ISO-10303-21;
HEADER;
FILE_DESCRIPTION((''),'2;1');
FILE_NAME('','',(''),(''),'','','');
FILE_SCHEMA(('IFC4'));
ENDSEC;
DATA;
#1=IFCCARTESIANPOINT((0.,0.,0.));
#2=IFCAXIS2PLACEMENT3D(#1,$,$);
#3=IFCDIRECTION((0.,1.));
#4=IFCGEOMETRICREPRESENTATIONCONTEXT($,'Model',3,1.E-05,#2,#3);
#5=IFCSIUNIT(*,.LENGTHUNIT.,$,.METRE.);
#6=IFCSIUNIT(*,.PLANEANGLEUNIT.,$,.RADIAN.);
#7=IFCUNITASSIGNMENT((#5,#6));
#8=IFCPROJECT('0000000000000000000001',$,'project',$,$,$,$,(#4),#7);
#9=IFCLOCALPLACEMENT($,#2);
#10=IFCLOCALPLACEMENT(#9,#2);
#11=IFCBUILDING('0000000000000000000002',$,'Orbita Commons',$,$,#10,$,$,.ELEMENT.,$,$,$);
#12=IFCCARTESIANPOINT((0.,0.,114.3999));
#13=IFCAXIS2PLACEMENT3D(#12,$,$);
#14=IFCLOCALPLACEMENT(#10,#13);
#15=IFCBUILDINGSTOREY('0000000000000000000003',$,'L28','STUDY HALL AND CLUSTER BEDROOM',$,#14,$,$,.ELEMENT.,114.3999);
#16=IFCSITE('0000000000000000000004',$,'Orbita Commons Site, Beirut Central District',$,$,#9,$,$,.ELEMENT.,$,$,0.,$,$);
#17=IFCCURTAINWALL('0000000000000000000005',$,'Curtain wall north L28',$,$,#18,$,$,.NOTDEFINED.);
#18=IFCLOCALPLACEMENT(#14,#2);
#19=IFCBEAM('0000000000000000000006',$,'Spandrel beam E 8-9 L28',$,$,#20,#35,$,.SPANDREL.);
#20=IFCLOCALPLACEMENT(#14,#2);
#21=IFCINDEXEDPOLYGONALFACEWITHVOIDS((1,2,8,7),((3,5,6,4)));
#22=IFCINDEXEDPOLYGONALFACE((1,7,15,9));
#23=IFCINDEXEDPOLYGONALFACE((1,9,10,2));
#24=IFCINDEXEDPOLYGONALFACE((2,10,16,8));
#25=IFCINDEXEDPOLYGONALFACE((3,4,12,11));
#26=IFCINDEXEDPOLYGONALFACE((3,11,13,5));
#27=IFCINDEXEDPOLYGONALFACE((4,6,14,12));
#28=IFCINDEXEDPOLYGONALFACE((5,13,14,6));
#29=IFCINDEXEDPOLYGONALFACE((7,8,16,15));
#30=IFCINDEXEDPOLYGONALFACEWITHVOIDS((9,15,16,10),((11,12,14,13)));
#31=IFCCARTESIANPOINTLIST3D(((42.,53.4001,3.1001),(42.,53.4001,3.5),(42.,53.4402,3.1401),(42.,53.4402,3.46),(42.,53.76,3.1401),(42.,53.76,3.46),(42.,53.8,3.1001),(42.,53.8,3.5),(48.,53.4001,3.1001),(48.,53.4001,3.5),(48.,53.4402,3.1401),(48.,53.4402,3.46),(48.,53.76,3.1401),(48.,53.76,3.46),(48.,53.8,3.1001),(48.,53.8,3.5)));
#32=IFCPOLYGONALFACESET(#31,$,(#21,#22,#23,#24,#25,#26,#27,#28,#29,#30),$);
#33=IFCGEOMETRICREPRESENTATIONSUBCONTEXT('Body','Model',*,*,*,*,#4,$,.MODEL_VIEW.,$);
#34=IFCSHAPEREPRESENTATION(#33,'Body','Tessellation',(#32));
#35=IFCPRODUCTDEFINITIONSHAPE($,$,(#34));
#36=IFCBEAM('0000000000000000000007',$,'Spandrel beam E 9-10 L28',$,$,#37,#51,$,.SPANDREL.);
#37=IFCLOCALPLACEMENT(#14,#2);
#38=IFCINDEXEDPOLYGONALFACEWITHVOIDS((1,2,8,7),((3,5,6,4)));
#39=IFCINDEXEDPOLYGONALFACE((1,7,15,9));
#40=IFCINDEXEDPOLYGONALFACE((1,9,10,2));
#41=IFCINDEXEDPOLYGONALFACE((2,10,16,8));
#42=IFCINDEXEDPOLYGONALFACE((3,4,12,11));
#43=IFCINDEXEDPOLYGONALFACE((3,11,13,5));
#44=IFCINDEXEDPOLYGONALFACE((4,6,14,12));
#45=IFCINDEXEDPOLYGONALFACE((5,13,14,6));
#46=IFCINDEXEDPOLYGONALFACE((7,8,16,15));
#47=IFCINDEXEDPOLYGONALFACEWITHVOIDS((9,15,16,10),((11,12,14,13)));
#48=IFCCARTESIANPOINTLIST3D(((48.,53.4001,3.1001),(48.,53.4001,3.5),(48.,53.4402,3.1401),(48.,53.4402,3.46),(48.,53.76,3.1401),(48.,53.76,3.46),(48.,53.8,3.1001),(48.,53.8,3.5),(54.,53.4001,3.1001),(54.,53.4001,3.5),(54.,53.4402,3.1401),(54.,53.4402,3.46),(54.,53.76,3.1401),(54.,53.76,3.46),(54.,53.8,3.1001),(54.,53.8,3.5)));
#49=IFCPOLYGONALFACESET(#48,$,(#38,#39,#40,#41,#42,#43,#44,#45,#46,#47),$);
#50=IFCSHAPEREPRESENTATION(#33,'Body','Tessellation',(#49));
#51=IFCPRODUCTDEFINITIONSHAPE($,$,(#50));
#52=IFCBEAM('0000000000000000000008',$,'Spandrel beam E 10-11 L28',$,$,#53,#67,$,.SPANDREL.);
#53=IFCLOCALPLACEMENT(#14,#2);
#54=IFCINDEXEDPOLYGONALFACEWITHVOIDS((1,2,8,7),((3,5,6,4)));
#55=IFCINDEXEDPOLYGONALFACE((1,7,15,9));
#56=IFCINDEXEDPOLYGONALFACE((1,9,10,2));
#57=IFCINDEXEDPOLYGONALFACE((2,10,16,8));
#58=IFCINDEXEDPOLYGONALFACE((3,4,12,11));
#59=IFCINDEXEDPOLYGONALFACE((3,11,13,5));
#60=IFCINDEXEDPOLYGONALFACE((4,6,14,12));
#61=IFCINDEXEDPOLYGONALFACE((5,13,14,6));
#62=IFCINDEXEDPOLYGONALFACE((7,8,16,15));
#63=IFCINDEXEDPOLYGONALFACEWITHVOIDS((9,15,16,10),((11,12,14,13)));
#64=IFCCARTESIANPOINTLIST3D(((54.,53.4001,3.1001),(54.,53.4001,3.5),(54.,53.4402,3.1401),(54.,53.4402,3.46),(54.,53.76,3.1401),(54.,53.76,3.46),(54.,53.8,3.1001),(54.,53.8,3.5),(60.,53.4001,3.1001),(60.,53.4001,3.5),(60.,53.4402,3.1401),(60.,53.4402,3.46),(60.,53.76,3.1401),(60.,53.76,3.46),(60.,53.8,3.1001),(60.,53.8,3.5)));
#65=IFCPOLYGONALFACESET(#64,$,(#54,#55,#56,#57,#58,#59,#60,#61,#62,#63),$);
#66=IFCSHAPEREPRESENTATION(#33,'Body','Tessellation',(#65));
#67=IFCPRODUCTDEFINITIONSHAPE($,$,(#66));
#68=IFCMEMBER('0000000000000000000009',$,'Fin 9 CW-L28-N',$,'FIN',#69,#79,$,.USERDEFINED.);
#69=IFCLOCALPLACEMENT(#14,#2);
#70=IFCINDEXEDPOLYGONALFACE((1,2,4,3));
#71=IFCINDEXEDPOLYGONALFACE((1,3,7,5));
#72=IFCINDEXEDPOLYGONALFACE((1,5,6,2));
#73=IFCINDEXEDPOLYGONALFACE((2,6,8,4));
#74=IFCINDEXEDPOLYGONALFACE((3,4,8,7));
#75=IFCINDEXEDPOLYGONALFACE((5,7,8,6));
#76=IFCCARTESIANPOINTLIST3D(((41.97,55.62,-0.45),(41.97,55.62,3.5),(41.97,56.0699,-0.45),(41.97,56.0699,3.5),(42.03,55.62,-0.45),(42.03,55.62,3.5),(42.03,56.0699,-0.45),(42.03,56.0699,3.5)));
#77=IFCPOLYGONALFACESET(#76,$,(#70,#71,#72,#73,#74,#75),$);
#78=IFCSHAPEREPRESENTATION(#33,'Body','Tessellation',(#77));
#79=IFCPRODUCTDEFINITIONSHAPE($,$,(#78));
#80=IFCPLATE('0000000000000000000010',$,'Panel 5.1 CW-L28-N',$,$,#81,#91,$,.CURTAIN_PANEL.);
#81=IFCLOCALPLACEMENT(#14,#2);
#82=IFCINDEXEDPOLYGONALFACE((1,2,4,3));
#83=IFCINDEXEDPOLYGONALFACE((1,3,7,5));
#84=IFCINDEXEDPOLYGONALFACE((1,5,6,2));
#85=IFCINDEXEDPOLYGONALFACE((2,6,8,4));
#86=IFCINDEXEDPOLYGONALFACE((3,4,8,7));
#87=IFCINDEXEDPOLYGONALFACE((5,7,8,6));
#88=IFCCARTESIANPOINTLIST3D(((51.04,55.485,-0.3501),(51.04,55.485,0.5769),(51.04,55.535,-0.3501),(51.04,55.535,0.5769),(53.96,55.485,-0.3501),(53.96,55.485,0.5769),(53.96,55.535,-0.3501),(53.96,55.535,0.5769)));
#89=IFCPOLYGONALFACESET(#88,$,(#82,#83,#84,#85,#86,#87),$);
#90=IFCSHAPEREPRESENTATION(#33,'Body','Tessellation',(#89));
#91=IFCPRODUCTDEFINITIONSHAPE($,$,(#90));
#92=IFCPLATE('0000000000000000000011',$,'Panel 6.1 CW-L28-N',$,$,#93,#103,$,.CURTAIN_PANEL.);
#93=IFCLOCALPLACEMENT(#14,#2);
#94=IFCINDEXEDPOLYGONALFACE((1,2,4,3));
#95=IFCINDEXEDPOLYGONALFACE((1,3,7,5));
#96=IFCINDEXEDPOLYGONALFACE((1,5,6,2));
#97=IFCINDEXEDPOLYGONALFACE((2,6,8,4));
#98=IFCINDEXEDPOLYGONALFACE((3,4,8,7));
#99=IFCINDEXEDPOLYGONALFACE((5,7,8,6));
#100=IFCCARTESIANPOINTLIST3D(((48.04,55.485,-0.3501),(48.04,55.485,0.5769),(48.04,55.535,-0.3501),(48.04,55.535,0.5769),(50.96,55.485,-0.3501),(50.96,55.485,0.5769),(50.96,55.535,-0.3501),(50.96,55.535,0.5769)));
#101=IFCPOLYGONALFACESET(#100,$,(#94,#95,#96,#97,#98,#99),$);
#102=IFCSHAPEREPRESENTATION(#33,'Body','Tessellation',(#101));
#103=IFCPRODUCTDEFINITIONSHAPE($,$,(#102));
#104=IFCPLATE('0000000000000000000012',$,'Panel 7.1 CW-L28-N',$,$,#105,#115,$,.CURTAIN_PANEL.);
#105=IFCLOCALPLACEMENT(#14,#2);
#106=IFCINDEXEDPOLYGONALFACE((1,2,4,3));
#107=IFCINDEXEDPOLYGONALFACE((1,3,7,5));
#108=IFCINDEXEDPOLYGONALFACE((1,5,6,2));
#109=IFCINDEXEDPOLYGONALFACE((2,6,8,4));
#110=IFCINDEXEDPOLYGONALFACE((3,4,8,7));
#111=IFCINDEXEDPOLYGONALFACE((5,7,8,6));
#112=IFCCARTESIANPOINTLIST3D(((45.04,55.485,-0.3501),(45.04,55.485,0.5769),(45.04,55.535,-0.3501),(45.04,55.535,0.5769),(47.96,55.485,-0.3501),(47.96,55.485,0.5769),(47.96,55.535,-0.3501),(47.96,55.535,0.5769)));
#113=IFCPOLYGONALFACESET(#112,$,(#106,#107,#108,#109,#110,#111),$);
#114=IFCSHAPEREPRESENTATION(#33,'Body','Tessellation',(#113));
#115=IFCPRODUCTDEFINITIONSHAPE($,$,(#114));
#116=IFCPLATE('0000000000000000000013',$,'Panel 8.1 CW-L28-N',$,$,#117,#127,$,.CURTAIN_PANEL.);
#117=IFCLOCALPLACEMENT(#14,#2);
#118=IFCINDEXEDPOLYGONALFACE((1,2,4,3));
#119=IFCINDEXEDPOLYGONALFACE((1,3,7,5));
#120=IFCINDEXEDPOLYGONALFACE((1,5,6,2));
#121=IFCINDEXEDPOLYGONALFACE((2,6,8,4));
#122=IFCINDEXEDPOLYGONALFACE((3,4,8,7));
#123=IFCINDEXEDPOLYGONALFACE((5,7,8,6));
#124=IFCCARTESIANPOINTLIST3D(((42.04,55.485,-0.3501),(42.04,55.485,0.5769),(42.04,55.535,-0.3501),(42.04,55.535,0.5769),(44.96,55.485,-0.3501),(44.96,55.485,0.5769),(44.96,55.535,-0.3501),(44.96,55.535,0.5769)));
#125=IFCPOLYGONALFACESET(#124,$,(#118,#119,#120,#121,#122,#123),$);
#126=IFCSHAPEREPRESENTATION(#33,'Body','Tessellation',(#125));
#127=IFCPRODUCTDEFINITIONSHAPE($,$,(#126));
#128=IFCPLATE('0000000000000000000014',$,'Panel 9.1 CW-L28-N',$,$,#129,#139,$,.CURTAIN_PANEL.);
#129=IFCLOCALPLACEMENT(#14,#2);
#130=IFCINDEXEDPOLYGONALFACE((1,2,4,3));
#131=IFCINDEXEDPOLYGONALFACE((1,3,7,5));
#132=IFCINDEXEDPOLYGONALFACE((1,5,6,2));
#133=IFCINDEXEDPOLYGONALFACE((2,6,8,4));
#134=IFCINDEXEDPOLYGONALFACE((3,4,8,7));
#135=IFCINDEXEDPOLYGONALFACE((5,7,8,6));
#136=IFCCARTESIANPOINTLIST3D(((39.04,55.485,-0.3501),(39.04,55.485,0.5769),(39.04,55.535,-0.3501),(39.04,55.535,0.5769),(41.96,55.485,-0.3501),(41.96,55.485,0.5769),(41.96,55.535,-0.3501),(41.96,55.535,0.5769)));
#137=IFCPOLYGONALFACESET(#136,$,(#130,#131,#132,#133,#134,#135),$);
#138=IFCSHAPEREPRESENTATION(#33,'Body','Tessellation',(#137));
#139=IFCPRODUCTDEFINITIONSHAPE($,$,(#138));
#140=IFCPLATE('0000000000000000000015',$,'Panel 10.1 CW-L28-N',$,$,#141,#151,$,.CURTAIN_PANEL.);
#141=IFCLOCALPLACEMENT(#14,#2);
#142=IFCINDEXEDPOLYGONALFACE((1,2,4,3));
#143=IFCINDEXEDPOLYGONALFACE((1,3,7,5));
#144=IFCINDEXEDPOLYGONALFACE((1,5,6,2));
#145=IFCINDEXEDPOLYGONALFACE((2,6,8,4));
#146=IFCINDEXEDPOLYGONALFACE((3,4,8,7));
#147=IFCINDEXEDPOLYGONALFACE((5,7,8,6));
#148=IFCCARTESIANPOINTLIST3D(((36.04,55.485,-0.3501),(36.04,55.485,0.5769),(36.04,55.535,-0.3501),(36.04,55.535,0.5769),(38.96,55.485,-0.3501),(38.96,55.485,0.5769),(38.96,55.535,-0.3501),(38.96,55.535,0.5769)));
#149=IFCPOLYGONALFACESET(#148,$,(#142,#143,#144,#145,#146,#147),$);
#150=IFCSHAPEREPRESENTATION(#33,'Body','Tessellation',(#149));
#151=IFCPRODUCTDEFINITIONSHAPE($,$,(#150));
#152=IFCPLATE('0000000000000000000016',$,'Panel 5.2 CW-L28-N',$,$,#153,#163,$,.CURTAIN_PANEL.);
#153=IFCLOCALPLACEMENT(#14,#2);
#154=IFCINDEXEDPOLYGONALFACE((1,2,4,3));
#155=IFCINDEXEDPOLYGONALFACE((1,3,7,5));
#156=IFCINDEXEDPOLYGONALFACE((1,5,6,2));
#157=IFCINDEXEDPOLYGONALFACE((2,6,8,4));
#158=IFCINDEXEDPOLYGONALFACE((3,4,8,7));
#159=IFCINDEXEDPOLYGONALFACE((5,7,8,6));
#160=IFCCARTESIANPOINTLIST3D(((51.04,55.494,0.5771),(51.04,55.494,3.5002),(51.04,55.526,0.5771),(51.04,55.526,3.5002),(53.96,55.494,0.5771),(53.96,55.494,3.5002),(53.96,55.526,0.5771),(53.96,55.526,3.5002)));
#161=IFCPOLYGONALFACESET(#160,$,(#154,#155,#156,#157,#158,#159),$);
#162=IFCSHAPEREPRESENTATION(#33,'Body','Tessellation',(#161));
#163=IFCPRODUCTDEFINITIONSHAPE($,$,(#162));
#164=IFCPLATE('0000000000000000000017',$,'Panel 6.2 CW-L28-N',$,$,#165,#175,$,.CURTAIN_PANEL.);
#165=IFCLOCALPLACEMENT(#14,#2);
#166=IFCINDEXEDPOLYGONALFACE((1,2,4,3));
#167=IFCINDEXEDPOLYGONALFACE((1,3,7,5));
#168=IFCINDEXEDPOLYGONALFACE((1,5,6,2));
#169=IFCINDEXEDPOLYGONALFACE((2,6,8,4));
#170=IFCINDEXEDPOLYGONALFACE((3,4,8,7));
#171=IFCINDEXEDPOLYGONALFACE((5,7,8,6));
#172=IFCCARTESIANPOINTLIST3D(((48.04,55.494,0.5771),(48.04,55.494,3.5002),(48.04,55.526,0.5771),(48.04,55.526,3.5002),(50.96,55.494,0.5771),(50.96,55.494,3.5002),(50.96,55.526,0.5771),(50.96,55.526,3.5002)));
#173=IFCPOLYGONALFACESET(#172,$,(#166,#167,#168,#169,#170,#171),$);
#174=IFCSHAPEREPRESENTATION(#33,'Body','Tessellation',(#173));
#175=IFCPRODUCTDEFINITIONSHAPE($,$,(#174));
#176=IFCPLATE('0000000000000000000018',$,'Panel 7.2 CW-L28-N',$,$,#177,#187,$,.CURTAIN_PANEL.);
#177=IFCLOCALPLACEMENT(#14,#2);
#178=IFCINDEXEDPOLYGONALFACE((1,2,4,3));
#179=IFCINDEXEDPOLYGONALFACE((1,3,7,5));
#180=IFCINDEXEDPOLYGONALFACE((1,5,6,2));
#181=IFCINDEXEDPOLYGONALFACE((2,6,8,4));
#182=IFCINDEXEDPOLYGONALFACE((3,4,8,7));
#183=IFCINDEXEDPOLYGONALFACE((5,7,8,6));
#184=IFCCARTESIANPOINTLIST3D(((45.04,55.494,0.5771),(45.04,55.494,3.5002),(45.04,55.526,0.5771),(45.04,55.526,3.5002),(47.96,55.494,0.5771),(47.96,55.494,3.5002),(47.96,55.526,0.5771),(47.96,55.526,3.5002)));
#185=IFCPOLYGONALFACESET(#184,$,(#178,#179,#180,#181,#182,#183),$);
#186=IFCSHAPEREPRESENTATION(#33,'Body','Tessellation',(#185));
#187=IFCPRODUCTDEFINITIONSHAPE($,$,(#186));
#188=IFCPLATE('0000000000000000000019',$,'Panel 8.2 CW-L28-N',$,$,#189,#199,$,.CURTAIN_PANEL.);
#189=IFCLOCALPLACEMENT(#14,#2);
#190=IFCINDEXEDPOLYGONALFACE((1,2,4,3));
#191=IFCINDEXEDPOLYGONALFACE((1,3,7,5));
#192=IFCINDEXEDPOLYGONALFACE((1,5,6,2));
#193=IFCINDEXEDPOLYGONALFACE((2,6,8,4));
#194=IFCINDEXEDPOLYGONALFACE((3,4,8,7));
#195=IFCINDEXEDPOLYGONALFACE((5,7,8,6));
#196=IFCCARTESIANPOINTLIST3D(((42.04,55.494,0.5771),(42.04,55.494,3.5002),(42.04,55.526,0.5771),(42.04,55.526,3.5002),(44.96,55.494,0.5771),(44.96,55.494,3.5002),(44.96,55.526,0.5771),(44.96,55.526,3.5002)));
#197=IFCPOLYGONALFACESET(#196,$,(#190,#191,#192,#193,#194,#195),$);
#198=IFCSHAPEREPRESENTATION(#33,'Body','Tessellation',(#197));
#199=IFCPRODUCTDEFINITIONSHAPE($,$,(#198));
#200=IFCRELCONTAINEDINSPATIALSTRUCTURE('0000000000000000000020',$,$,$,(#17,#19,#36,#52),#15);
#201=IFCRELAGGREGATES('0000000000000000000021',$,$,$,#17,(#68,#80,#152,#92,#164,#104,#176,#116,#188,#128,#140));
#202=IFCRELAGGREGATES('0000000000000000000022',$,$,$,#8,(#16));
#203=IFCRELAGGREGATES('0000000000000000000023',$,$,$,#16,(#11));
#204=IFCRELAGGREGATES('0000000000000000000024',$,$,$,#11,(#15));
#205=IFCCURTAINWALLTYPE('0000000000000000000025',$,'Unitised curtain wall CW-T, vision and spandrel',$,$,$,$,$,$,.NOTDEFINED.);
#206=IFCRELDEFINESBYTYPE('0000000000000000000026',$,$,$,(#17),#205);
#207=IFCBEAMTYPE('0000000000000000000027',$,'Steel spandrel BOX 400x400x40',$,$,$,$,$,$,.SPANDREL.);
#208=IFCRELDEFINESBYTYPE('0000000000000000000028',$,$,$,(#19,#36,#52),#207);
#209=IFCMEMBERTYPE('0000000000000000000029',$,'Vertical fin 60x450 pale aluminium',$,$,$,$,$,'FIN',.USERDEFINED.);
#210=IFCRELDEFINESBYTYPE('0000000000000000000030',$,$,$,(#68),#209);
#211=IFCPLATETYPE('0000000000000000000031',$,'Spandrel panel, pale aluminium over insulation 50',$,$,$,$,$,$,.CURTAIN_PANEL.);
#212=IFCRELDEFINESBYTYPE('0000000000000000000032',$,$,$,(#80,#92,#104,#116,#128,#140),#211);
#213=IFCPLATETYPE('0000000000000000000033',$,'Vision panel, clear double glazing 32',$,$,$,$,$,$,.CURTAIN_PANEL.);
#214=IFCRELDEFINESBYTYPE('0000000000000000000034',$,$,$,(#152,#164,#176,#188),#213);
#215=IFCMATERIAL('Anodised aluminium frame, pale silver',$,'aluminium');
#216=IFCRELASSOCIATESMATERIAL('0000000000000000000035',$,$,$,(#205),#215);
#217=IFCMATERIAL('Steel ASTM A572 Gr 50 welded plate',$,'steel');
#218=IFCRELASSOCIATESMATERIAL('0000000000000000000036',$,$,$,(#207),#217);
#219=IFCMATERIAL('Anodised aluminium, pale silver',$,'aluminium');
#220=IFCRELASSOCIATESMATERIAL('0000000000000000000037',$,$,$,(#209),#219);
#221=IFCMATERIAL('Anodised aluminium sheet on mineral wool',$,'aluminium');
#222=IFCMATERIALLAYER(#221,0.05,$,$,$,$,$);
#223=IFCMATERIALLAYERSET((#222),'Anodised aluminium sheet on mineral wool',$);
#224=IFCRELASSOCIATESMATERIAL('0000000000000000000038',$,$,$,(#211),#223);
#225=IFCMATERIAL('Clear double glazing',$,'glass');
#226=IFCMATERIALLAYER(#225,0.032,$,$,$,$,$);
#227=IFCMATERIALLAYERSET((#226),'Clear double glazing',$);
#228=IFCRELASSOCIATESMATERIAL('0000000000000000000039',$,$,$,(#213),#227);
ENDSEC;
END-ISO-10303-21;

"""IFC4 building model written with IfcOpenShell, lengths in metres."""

from ifc_helpers import new_model, si_unit, direction, frame, origin, origin_2d, place, context, subcontext, project, spatial, rectangle, hollow_rectangle, extrude, material, layer, layer_set, material_profile, profile_set, type_object, element, aggregate, save


model = new_model("IFC4")

# Units and contexts
model_context = context("Model", 3, precision=1e-05, world=origin(), true_north=direction((0.0, 1.0)))
body_context = subcontext(model_context, "Body", "Model", "MODEL_VIEW")
ifc_project = project(units=[si_unit("LENGTHUNIT", "METRE"), si_unit("PLANEANGLEUNIT", "RADIAN")], contexts=[model_context])

# Site, building, storey
site_placement = place(None, origin())
site = spatial("IfcSite", under=ifc_project, at=site_placement, Name="Orbita Commons Site, Beirut Central District", CompositionType="ELEMENT", RefElevation=0.0)
building_placement = place(site_placement, origin())
building = spatial("IfcBuilding", under=site, at=building_placement, Name="Orbita Commons", CompositionType="ELEMENT")
storey_placement = place(building_placement, frame((0.0, 0.0, 114.3999)))
storey = spatial("IfcBuildingStorey", under=building, at=storey_placement, Name="L28", Description="STUDY HALL AND CLUSTER BEDROOM", CompositionType="ELEMENT", Elevation=114.3999)

# Curtain wall
ifc_material_1 = material(Name="Anodised aluminium frame, pale silver", Category="aluminium")
curtain_wall_type = type_object("IfcCurtainWallType", Name="Unitised curtain wall CW-T, vision and spandrel", PredefinedType="NOTDEFINED", material=ifc_material_1)
curtain_wall_placement = place(storey_placement, origin())
curtain_wall = element("IfcCurtainWall", 1, at=curtain_wall_placement, inside=storey, type_object=curtain_wall_type, Name="Curtain wall north L28", PredefinedType="NOTDEFINED")

# Beams
ifc_material_2 = material(Name="Steel ASTM A572 Gr 50 welded plate", Category="steel")
ifc_material_profile_1 = material_profile(ifc_material_2, hollow_rectangle(XDim=0.3999, YDim=0.3999, WallThickness=0.04, at=origin_2d()), Name="BOX 400x400x40")
ifc_profile_set_1 = profile_set([ifc_material_profile_1], Name="Steel ASTM A572 Gr 50 welded plate")
beam_type = type_object("IfcBeamType", Name="Steel spandrel BOX 400x400x40", PredefinedType="SPANDREL", material=ifc_profile_set_1)
for number, where, z_axis, x_axis, name in (
    (2, (42.0, 53.6001, 3.3), (1.0, 0.0, 0.0), (0.0, 1.0, 0.0), "Spandrel beam E 8-9 L28"),
    (3, (48.0, 53.6001, 3.3), (1.0, 0.0, 0.0), (0.0, 1.0, 0.0), "Spandrel beam E 9-10 L28"),
    (4, (54.0, 53.6001, 3.3), (1.0, 0.0, 0.0), (0.0, 1.0, 0.0), "Spandrel beam E 10-11 L28"),
):
    element("IfcBeam", number, at=place(storey_placement, frame(where, z_axis=z_axis, x_axis=x_axis)), inside=storey, type_object=beam_type, Name=name, PredefinedType="SPANDREL", context=body_context, shape_type="SweptSolid", body=[
        extrude(hollow_rectangle(XDim=0.3999, YDim=0.3999, WallThickness=0.04, at=origin_2d()), origin(), (0.0, 0.0, 1.0), 6.0),
    ])

# Member
ifc_material_3 = material(Name="Anodised aluminium, pale silver", Category="aluminium")
ifc_material_profile_2 = material_profile(ifc_material_3, rectangle(XDim=0.0601, YDim=0.45, at=origin_2d()), Name="FIN 60x450")
ifc_profile_set_2 = profile_set([ifc_material_profile_2], Name="Anodised aluminium, pale silver")
member_type_1 = type_object("IfcMemberType", Name="Vertical fin 60x450 pale aluminium", ElementType="FIN", PredefinedType="USERDEFINED", material=ifc_profile_set_2)
member_1_placement = place(storey_placement, frame((42.0, 55.845, -0.45), z_axis=(0.0, 0.0, 1.0), x_axis=(-1.0, 0.0, 0.0)))
member_1 = element("IfcMember", 5, at=member_1_placement, type_object=member_type_1, Name="Fin 9 CW-L28-N", ObjectType="FIN", PredefinedType="USERDEFINED", context=body_context, shape_type="SweptSolid", body=[
    extrude(rectangle(XDim=0.0601, YDim=0.45, at=origin_2d()), origin(), (0.0, 0.0, 1.0), 3.95),
])

# Plates
ifc_material_4 = material(Name="Anodised aluminium sheet on mineral wool", Category="aluminium")
ifc_layer_1 = layer(ifc_material_4, 0.05)
ifc_layer_set_1 = layer_set([ifc_layer_1], Name="Anodised aluminium sheet on mineral wool")
plate_type_1 = type_object("IfcPlateType", Name="Spandrel panel, pale aluminium over insulation 50", PredefinedType="CURTAIN_PANEL", material=ifc_layer_set_1)
plate_1_placement = place(storey_placement, frame((52.5, 55.51, -0.3501), z_axis=(0.0, 0.0, 1.0), x_axis=(-1.0, 0.0, 0.0)))
plate_1 = element("IfcPlate", 6, at=plate_1_placement, type_object=plate_type_1, Name="Panel 5.1 CW-L28-N", PredefinedType="CURTAIN_PANEL", context=body_context, shape_type="SweptSolid", body=[
    extrude(rectangle(XDim=2.9199, YDim=0.05, at=origin_2d()), origin(), (0.0, 0.0, 1.0), 0.927),
])
plate_2_placement = place(storey_placement, frame((49.5, 55.51, -0.3501), z_axis=(0.0, 0.0, 1.0), x_axis=(-1.0, 0.0, 0.0)))
plate_2 = element("IfcPlate", 7, at=plate_2_placement, type_object=plate_type_1, Name="Panel 6.1 CW-L28-N", PredefinedType="CURTAIN_PANEL", context=body_context, shape_type="SweptSolid", body=[
    extrude(rectangle(XDim=2.9199, YDim=0.05, at=origin_2d()), origin(), (0.0, 0.0, 1.0), 0.927),
])
plate_3_placement = place(storey_placement, frame((46.5, 55.51, -0.3501), z_axis=(0.0, 0.0, 1.0), x_axis=(-1.0, 0.0, 0.0)))
plate_3 = element("IfcPlate", 8, at=plate_3_placement, type_object=plate_type_1, Name="Panel 7.1 CW-L28-N", PredefinedType="CURTAIN_PANEL", context=body_context, shape_type="SweptSolid", body=[
    extrude(rectangle(XDim=2.9199, YDim=0.05, at=origin_2d()), origin(), (0.0, 0.0, 1.0), 0.927),
])
plate_4_placement = place(storey_placement, frame((43.5, 55.51, -0.3501), z_axis=(0.0, 0.0, 1.0), x_axis=(-1.0, 0.0, 0.0)))
plate_4 = element("IfcPlate", 9, at=plate_4_placement, type_object=plate_type_1, Name="Panel 8.1 CW-L28-N", PredefinedType="CURTAIN_PANEL", context=body_context, shape_type="SweptSolid", body=[
    extrude(rectangle(XDim=2.9199, YDim=0.05, at=origin_2d()), origin(), (0.0, 0.0, 1.0), 0.927),
])
plate_5_placement = place(storey_placement, frame((40.5, 55.51, -0.3501), z_axis=(0.0, 0.0, 1.0), x_axis=(-1.0, 0.0, 0.0)))
plate_5 = element("IfcPlate", 10, at=plate_5_placement, type_object=plate_type_1, Name="Panel 9.1 CW-L28-N", PredefinedType="CURTAIN_PANEL", context=body_context, shape_type="SweptSolid", body=[
    extrude(rectangle(XDim=2.9199, YDim=0.05, at=origin_2d()), origin(), (0.0, 0.0, 1.0), 0.927),
])
plate_6_placement = place(storey_placement, frame((37.5, 55.51, -0.3501), z_axis=(0.0, 0.0, 1.0), x_axis=(-1.0, 0.0, 0.0)))
plate_6 = element("IfcPlate", 11, at=plate_6_placement, type_object=plate_type_1, Name="Panel 10.1 CW-L28-N", PredefinedType="CURTAIN_PANEL", context=body_context, shape_type="SweptSolid", body=[
    extrude(rectangle(XDim=2.9199, YDim=0.05, at=origin_2d()), origin(), (0.0, 0.0, 1.0), 0.927),
])
ifc_material_5 = material(Name="Clear double glazing", Category="glass")
ifc_layer_2 = layer(ifc_material_5, 0.032)
ifc_layer_set_2 = layer_set([ifc_layer_2], Name="Clear double glazing")
plate_type_2 = type_object("IfcPlateType", Name="Vision panel, clear double glazing 32", PredefinedType="CURTAIN_PANEL", material=ifc_layer_set_2)
plate_7_placement = place(storey_placement, frame((52.5, 55.51, 0.5771), z_axis=(0.0, 0.0, 1.0), x_axis=(-1.0, 0.0, 0.0)))
plate_7 = element("IfcPlate", 12, at=plate_7_placement, type_object=plate_type_2, Name="Panel 5.2 CW-L28-N", PredefinedType="CURTAIN_PANEL", context=body_context, shape_type="SweptSolid", body=[
    extrude(rectangle(XDim=2.9199, YDim=0.032, at=origin_2d()), origin(), (0.0, 0.0, 1.0), 2.9231),
])
plate_8_placement = place(storey_placement, frame((49.5, 55.51, 0.5771), z_axis=(0.0, 0.0, 1.0), x_axis=(-1.0, 0.0, 0.0)))
plate_8 = element("IfcPlate", 13, at=plate_8_placement, type_object=plate_type_2, Name="Panel 6.2 CW-L28-N", PredefinedType="CURTAIN_PANEL", context=body_context, shape_type="SweptSolid", body=[
    extrude(rectangle(XDim=2.9199, YDim=0.032, at=origin_2d()), origin(), (0.0, 0.0, 1.0), 2.9231),
])
plate_9_placement = place(storey_placement, frame((46.5, 55.51, 0.5771), z_axis=(0.0, 0.0, 1.0), x_axis=(-1.0, 0.0, 0.0)))
plate_9 = element("IfcPlate", 14, at=plate_9_placement, type_object=plate_type_2, Name="Panel 7.2 CW-L28-N", PredefinedType="CURTAIN_PANEL", context=body_context, shape_type="SweptSolid", body=[
    extrude(rectangle(XDim=2.9199, YDim=0.032, at=origin_2d()), origin(), (0.0, 0.0, 1.0), 2.9231),
])
plate_10_placement = place(storey_placement, frame((43.5, 55.51, 0.5771), z_axis=(0.0, 0.0, 1.0), x_axis=(-1.0, 0.0, 0.0)))
plate_10 = element("IfcPlate", 15, at=plate_10_placement, type_object=plate_type_2, Name="Panel 8.2 CW-L28-N", PredefinedType="CURTAIN_PANEL", context=body_context, shape_type="SweptSolid", body=[
    extrude(rectangle(XDim=2.9199, YDim=0.032, at=origin_2d()), origin(), (0.0, 0.0, 1.0), 2.9231),
])
aggregate(curtain_wall, [member_1, plate_1, plate_7, plate_2, plate_8, plate_3, plate_9, plate_4, plate_10, plate_5, plate_6])

save(model, "model.ifc")
